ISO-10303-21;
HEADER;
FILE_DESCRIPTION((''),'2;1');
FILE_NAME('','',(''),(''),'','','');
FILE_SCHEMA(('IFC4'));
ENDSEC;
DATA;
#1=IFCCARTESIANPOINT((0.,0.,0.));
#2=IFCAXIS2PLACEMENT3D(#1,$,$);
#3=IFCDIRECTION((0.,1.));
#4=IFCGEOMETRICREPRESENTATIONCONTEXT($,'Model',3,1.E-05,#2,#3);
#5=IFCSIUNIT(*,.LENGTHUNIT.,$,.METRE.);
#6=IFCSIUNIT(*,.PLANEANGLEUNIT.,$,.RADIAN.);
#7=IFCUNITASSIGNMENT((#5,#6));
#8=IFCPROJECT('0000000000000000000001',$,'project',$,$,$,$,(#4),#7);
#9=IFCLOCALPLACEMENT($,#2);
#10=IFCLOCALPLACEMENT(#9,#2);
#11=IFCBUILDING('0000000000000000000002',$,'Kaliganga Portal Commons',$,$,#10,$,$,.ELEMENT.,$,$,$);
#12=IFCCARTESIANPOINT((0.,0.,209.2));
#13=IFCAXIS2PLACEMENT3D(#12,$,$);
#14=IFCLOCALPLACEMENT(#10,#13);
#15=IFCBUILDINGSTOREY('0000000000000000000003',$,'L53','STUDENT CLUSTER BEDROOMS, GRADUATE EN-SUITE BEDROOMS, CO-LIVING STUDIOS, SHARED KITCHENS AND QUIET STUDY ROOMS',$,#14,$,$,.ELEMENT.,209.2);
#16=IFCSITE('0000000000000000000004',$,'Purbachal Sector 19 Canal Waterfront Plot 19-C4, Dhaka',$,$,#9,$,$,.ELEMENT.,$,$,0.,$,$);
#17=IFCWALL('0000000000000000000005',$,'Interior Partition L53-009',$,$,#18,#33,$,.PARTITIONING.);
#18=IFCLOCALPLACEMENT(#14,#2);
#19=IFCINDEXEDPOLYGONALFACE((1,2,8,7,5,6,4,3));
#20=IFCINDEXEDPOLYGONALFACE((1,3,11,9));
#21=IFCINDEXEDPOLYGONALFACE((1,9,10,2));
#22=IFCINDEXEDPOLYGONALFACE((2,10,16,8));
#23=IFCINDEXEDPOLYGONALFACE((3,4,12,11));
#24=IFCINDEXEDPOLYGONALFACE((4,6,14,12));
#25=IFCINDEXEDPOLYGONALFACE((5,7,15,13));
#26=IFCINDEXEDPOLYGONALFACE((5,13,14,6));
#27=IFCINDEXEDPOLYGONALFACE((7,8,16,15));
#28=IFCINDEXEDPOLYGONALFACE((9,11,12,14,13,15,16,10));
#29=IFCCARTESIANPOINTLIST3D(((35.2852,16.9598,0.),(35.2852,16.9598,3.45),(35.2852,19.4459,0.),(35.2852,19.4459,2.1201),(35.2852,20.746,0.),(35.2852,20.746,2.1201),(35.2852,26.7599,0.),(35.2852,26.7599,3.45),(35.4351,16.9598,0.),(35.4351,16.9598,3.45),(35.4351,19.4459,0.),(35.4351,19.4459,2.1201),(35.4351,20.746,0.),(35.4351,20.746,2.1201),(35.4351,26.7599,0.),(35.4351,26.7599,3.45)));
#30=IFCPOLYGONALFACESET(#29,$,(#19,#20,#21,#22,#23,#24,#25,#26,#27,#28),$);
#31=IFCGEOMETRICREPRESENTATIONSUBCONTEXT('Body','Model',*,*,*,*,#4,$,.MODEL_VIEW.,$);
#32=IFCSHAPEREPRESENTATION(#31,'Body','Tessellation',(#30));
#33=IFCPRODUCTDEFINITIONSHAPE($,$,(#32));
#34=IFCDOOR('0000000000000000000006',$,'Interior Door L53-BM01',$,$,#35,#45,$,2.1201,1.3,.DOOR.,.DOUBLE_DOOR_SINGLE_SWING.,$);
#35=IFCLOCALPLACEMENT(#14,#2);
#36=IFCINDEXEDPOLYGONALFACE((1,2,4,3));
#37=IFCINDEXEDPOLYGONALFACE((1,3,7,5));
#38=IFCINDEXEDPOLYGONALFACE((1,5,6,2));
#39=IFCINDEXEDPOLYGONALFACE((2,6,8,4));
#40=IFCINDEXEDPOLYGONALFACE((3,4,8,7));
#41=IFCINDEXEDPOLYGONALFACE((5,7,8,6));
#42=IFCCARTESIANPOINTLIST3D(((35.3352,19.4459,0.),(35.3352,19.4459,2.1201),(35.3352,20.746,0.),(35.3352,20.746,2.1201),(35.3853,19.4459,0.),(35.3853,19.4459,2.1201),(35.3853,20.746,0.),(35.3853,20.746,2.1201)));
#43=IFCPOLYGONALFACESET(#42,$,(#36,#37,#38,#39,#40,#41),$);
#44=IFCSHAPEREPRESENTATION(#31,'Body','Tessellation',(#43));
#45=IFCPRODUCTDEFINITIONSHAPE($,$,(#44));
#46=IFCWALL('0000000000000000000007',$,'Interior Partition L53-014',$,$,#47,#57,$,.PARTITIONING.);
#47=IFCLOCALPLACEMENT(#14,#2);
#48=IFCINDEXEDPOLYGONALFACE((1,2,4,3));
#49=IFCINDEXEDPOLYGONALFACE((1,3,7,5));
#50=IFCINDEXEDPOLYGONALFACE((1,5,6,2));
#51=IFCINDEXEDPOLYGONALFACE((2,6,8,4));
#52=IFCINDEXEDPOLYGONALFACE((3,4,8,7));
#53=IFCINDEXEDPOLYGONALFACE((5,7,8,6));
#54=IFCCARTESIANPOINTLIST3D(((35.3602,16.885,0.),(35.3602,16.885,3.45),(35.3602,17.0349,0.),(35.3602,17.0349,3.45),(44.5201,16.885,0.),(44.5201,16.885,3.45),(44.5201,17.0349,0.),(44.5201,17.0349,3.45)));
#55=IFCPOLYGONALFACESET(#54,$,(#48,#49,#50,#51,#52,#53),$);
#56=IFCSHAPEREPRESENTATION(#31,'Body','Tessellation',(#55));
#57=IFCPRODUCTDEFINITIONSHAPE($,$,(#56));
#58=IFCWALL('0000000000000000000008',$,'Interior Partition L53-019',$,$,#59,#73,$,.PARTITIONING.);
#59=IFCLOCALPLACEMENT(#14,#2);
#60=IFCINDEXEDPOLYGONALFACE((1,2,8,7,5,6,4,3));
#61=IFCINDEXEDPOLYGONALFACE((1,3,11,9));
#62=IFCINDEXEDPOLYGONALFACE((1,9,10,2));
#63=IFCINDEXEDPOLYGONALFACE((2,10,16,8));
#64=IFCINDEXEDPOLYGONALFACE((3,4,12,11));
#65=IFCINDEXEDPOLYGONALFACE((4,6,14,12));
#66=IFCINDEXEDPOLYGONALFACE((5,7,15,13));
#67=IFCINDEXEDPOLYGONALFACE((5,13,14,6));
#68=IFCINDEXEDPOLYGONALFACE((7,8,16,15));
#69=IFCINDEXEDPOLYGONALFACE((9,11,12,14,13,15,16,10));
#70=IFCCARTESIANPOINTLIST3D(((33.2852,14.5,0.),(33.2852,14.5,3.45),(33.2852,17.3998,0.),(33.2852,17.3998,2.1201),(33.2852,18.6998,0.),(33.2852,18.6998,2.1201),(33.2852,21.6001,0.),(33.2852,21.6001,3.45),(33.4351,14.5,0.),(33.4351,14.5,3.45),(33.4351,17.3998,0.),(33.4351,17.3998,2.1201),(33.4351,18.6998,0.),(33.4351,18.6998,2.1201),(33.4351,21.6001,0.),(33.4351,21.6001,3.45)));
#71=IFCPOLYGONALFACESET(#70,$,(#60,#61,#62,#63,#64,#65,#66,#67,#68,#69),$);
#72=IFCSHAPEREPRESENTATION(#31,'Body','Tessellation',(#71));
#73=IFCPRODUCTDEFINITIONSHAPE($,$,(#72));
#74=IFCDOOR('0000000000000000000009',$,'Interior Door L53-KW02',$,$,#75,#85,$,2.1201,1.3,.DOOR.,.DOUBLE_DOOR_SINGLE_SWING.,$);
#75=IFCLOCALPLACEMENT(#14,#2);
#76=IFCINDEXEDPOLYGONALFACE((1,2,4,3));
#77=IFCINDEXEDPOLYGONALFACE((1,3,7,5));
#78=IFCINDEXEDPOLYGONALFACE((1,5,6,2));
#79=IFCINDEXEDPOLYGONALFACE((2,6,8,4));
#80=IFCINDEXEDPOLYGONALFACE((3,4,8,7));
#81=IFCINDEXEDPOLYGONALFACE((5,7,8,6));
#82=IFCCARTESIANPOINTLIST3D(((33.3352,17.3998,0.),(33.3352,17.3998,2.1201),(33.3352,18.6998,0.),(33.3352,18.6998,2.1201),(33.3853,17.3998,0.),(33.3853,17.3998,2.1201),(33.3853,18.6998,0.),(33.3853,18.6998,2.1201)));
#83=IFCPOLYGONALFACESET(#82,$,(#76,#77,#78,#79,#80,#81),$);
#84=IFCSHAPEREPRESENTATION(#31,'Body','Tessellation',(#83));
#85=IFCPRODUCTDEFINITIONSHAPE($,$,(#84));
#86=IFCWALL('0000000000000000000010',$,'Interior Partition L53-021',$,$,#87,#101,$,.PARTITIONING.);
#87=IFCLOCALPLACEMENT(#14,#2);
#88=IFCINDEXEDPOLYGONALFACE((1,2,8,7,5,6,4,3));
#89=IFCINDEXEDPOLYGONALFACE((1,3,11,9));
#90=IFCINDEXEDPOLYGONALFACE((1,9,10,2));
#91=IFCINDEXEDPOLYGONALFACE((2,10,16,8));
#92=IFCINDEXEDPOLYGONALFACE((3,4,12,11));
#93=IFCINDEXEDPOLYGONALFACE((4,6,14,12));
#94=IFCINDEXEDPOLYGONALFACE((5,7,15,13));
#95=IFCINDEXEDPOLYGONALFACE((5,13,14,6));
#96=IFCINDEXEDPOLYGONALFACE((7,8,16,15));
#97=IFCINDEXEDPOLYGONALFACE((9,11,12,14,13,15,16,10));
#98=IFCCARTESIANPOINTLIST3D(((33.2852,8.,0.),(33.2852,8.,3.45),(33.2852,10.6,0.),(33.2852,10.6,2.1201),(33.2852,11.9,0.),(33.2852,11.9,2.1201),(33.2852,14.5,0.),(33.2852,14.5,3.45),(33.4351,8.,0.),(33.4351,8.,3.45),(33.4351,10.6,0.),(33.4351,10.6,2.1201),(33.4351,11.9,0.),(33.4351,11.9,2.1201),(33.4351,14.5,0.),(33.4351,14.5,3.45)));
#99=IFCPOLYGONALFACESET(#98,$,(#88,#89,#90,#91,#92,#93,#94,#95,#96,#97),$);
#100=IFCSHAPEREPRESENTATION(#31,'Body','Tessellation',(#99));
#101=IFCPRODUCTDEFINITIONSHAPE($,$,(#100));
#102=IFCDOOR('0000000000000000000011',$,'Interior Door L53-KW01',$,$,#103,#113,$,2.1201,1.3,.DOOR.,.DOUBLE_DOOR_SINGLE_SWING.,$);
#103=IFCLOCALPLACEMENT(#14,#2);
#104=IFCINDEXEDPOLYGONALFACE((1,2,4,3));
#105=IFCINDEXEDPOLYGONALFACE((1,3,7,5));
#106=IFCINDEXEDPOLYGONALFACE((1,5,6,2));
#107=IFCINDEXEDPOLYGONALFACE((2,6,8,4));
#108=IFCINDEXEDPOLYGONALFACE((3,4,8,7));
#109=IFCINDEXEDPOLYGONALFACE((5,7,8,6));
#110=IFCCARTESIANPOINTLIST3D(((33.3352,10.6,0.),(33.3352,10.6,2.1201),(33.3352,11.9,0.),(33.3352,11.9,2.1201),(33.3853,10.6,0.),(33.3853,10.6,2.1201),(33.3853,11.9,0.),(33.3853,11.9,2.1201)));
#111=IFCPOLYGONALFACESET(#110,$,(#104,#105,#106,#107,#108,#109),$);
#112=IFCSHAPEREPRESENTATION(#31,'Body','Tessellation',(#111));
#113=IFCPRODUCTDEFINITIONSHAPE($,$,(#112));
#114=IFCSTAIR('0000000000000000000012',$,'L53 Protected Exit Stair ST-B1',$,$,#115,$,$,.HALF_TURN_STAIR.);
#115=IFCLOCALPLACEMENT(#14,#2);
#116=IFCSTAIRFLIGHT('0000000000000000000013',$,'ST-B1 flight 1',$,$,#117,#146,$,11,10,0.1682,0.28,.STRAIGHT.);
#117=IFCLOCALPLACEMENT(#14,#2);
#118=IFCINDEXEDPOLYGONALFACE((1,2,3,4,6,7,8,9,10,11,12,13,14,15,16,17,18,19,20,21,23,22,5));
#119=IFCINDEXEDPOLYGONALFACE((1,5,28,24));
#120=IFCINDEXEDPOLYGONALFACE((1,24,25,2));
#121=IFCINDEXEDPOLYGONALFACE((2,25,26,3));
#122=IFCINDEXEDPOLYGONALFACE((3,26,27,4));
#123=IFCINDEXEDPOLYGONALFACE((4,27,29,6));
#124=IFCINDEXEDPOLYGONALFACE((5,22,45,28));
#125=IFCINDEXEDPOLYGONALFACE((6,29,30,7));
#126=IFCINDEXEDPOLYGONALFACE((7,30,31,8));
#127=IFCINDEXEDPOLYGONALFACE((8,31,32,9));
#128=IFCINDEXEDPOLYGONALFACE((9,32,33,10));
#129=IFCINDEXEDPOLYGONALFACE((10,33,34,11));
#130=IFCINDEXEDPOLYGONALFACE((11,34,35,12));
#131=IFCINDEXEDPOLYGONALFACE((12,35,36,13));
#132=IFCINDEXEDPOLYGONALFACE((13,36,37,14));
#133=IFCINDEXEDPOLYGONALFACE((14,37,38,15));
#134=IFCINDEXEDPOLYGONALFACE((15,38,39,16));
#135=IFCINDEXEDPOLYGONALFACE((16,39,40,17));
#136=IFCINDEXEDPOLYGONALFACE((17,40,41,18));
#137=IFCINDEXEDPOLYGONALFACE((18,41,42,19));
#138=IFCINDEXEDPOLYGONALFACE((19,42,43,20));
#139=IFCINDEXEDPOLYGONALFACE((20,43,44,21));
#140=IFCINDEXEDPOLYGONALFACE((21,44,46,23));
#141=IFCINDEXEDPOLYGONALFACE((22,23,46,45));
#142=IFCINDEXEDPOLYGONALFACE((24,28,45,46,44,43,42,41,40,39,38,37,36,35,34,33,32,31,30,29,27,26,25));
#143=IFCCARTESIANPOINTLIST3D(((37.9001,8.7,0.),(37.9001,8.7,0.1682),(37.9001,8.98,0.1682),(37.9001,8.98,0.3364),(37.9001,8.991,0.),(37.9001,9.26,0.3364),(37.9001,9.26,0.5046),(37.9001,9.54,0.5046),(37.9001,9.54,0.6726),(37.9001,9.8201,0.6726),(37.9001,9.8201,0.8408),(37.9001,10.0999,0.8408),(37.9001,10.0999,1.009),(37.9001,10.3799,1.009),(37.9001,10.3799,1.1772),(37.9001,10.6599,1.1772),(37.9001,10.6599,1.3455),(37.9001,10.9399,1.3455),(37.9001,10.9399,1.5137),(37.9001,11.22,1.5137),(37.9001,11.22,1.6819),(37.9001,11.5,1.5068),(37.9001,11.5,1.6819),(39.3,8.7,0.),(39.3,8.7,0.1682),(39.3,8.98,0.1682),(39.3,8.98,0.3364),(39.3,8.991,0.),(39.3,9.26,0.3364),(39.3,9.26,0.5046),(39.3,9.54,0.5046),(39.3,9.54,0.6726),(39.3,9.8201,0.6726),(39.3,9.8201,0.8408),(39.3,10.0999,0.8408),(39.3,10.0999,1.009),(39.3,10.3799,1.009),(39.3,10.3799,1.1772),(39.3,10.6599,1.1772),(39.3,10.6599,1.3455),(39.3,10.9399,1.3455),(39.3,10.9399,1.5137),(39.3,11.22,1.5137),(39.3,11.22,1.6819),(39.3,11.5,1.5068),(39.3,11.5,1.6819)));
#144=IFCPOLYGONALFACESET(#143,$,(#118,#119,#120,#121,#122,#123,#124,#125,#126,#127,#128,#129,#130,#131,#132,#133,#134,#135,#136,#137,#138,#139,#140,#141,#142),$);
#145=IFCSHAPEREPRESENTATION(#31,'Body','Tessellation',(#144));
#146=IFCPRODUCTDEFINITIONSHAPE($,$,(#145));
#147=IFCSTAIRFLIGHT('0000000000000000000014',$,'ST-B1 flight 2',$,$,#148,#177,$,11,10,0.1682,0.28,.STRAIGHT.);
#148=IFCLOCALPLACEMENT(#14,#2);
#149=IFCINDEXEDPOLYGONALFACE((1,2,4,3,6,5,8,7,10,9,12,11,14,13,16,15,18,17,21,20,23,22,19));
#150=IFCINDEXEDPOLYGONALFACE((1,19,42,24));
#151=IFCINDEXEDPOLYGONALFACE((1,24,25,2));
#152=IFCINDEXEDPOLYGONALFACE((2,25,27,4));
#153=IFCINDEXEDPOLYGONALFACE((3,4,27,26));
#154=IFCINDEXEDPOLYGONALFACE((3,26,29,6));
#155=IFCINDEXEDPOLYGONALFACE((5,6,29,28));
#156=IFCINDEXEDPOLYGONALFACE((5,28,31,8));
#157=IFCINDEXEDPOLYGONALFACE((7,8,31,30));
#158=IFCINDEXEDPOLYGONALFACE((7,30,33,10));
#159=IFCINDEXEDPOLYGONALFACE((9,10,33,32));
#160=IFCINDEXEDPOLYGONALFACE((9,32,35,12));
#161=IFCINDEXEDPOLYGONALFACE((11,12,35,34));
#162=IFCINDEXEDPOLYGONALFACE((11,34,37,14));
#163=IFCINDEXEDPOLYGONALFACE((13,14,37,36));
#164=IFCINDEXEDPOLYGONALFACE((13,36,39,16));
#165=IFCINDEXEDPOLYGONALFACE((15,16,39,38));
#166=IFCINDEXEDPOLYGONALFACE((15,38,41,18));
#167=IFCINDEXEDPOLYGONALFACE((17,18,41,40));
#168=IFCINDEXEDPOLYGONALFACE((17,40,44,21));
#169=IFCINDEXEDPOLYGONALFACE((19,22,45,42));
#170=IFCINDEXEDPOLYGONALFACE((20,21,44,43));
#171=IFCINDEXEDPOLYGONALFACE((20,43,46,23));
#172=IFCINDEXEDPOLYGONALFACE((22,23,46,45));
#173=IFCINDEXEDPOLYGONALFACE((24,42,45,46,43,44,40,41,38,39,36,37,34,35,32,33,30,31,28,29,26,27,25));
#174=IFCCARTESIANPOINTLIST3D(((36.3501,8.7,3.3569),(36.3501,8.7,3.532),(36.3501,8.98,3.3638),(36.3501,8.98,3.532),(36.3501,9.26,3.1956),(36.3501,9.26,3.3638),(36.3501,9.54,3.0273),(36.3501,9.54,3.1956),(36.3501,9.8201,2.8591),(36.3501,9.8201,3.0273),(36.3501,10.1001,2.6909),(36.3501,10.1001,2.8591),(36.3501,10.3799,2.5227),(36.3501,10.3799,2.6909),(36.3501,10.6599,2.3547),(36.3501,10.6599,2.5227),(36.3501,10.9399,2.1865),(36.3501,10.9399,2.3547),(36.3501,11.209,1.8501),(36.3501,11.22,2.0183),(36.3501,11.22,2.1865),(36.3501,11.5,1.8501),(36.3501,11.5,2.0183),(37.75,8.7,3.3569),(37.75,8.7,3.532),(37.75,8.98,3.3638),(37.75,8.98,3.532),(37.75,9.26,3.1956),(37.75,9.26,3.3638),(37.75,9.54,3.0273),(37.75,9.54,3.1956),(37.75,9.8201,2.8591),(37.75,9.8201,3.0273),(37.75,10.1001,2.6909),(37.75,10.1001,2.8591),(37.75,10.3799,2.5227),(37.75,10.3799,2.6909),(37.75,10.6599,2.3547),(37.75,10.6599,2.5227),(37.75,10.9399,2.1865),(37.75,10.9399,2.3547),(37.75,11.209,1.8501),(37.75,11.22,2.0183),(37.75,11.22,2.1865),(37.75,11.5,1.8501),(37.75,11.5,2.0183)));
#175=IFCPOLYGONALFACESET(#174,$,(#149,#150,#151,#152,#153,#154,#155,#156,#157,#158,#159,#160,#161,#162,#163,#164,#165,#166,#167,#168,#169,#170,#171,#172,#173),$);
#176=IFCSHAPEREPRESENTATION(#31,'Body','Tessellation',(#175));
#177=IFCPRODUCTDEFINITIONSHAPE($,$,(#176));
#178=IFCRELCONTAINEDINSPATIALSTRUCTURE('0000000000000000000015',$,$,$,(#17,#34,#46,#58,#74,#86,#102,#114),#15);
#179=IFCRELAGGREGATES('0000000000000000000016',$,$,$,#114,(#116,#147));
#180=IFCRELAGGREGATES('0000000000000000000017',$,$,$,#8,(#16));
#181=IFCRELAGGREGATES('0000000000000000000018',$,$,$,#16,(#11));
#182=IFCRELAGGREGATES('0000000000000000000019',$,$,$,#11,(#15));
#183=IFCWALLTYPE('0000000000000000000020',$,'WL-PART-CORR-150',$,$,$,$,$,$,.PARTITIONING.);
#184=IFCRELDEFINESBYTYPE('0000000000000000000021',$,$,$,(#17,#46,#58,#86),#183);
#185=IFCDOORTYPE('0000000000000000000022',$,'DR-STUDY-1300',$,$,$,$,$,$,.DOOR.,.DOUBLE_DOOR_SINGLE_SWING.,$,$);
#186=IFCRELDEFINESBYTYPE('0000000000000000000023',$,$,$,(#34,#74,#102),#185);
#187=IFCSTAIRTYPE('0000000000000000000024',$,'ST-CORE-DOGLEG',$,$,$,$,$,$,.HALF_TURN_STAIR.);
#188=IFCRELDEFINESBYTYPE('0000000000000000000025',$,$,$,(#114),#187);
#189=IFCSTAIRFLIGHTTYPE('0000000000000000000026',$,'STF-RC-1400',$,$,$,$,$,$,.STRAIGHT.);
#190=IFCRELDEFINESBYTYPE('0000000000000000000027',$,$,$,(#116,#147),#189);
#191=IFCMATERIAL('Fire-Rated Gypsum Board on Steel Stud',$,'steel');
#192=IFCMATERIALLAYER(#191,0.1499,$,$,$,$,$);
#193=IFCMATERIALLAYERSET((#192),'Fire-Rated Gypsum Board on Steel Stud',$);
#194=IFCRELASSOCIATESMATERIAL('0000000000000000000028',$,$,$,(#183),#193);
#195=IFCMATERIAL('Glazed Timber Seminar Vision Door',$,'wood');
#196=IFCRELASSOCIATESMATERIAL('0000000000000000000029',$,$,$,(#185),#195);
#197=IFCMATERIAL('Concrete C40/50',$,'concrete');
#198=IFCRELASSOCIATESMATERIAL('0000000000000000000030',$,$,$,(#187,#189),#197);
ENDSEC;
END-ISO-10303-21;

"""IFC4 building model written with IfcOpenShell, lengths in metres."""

from ifc_helpers import new_model, si_unit, direction, frame, frame_2d, origin, place, context, subcontext, project, spatial, polyline, rectangle, outline, extrude, material, layer, layer_set, type_object, element, fill, aggregate, save


model = new_model("IFC4")

# Units and contexts
model_context = context("Model", 3, precision=1e-05, world=origin(), true_north=direction((0.0, 1.0)))
body_context = subcontext(model_context, "Body", "Model", "MODEL_VIEW")
ifc_project = project(units=[si_unit("LENGTHUNIT", "METRE"), si_unit("PLANEANGLEUNIT", "RADIAN")], contexts=[model_context])

# Site, building, storey
site_placement = place(None, origin())
site = spatial("IfcSite", under=ifc_project, at=site_placement, Name="Purbachal Sector 19 Canal Waterfront Plot 19-C4, Dhaka", CompositionType="ELEMENT", RefElevation=0.0)
building_placement = place(site_placement, origin())
building = spatial("IfcBuilding", under=site, at=building_placement, Name="Kaliganga Portal Commons", CompositionType="ELEMENT")
storey_placement = place(building_placement, frame((0.0, 0.0, 209.2)))
storey = spatial("IfcBuildingStorey", under=building, at=storey_placement, Name="L53", Description="STUDENT CLUSTER BEDROOMS, GRADUATE EN-SUITE BEDROOMS, CO-LIVING STUDIOS, SHARED KITCHENS AND QUIET STUDY ROOMS", CompositionType="ELEMENT", Elevation=209.2)

# Wall, opening, door
ifc_material_1 = material(Name="Fire-Rated Gypsum Board on Steel Stud", Category="steel")
ifc_layer_1 = layer(ifc_material_1, 0.1499)
ifc_layer_set_1 = layer_set([ifc_layer_1], Name="Fire-Rated Gypsum Board on Steel Stud")
wall_type_1 = type_object("IfcWallType", Name="WL-PART-CORR-150", PredefinedType="PARTITIONING", material=ifc_layer_set_1)
wall_1_placement = place(storey_placement, frame((35.3601, 16.96, 0.0), z_axis=(0.0, 0.0, 1.0), x_axis=(0.0, 1.0, 0.0)))
wall_1 = element("IfcWall", 1, at=wall_1_placement, inside=storey, type_object=wall_type_1, Name="Interior Partition L53-009", PredefinedType="PARTITIONING", context=body_context, shape_type="SweptSolid", body=[
    extrude(rectangle(XDim=9.8, YDim=0.1499, at=frame_2d((4.8999, 0.0))), origin(), (0.0, 0.0, 1.0), 3.45),
])
opening_1_placement = place(wall_1_placement, frame((2.4861, 0.0, 0.0)))
opening_1 = element("IfcOpeningElement", 2, at=opening_1_placement, cuts=wall_1, PredefinedType="OPENING", context=body_context, shape_type="SweptSolid", body=[
    extrude(rectangle(XDim=1.3, YDim=2.1201, at=frame_2d((0.6499, 1.0601))), frame((0.0, 0.085, 0.0), z_axis=(0.0, -1.0, 0.0), x_axis=(1.0, 0.0, 0.0)), (0.0, 0.0, 1.0), 0.1699),
])
ifc_material_2 = material(Name="Glazed Timber Seminar Vision Door", Category="wood")
door_type = type_object("IfcDoorType", Name="DR-STUDY-1300", OperationType="DOUBLE_DOOR_SINGLE_SWING", PredefinedType="DOOR", material=ifc_material_2)
door_1_placement = place(opening_1_placement, origin())
door_1 = element("IfcDoor", 3, at=door_1_placement, inside=storey, type_object=door_type, Name="Interior Door L53-BM01", OperationType="DOUBLE_DOOR_SINGLE_SWING", OverallHeight=2.1201, OverallWidth=1.3, PredefinedType="DOOR", context=body_context, shape_type="SweptSolid", body=[
    extrude(rectangle(XDim=1.3, YDim=2.1201, at=frame_2d((0.6499, 1.0601))), frame((0.0, 0.0249, 0.0), z_axis=(0.0, -1.0, 0.0), x_axis=(1.0, 0.0, 0.0)), (0.0, 0.0, 1.0), 0.05),
])
fill(opening_1, door_1)

# Wall
wall_2_placement = place(storey_placement, frame((35.3601, 16.96, 0.0), z_axis=(0.0, 0.0, 1.0), x_axis=(1.0, 0.0, 0.0)))
element("IfcWall", 4, at=wall_2_placement, inside=storey, type_object=wall_type_1, Name="Interior Partition L53-014", PredefinedType="PARTITIONING", context=body_context, shape_type="SweptSolid", body=[
    extrude(rectangle(XDim=9.1599, YDim=0.1499, at=frame_2d((4.5801, 0.0))), origin(), (0.0, 0.0, 1.0), 3.45),
])

# Walls, openings, doors
wall_3_placement = place(storey_placement, frame((33.3601, 14.5, 0.0), z_axis=(0.0, 0.0, 1.0), x_axis=(0.0, 1.0, 0.0)))
wall_3 = element("IfcWall", 5, at=wall_3_placement, inside=storey, type_object=wall_type_1, Name="Interior Partition L53-019", PredefinedType="PARTITIONING", context=body_context, shape_type="SweptSolid", body=[
    extrude(rectangle(XDim=7.1001, YDim=0.1499, at=frame_2d((3.55, 0.0))), origin(), (0.0, 0.0, 1.0), 3.45),
])
opening_2_placement = place(wall_3_placement, frame((2.8999, 0.0, 0.0)))
opening_2 = element("IfcOpeningElement", 6, at=opening_2_placement, cuts=wall_3, PredefinedType="OPENING", context=body_context, shape_type="SweptSolid", body=[
    extrude(rectangle(XDim=1.3, YDim=2.1201, at=frame_2d((0.6499, 1.0601))), frame((0.0, 0.085, 0.0), z_axis=(0.0, -1.0, 0.0), x_axis=(1.0, 0.0, 0.0)), (0.0, 0.0, 1.0), 0.1699),
])
door_2_placement = place(opening_2_placement, origin())
door_2 = element("IfcDoor", 7, at=door_2_placement, inside=storey, type_object=door_type, Name="Interior Door L53-KW02", OperationType="DOUBLE_DOOR_SINGLE_SWING", OverallHeight=2.1201, OverallWidth=1.3, PredefinedType="DOOR", context=body_context, shape_type="SweptSolid", body=[
    extrude(rectangle(XDim=1.3, YDim=2.1201, at=frame_2d((0.6499, 1.0601))), frame((0.0, 0.0249, 0.0), z_axis=(0.0, -1.0, 0.0), x_axis=(1.0, 0.0, 0.0)), (0.0, 0.0, 1.0), 0.05),
])
fill(opening_2, door_2)
wall_4_placement = place(storey_placement, frame((33.3601, 8.0, 0.0), z_axis=(0.0, 0.0, 1.0), x_axis=(0.0, 1.0, 0.0)))
wall_4 = element("IfcWall", 8, at=wall_4_placement, inside=storey, type_object=wall_type_1, Name="Interior Partition L53-021", PredefinedType="PARTITIONING", context=body_context, shape_type="SweptSolid", body=[
    extrude(rectangle(XDim=6.5, YDim=0.1499, at=frame_2d((3.25, 0.0))), origin(), (0.0, 0.0, 1.0), 3.45),
])
opening_3_placement = place(wall_4_placement, frame((2.6001, 0.0, 0.0)))
opening_3 = element("IfcOpeningElement", 9, at=opening_3_placement, cuts=wall_4, PredefinedType="OPENING", context=body_context, shape_type="SweptSolid", body=[
    extrude(rectangle(XDim=1.3, YDim=2.1201, at=frame_2d((0.6499, 1.0601))), frame((0.0, 0.085, 0.0), z_axis=(0.0, -1.0, 0.0), x_axis=(1.0, 0.0, 0.0)), (0.0, 0.0, 1.0), 0.1699),
])
door_3_placement = place(opening_3_placement, origin())
door_3 = element("IfcDoor", 10, at=door_3_placement, inside=storey, type_object=door_type, Name="Interior Door L53-KW01", OperationType="DOUBLE_DOOR_SINGLE_SWING", OverallHeight=2.1201, OverallWidth=1.3, PredefinedType="DOOR", context=body_context, shape_type="SweptSolid", body=[
    extrude(rectangle(XDim=1.3, YDim=2.1201, at=frame_2d((0.6499, 1.0601))), frame((0.0, 0.0249, 0.0), z_axis=(0.0, -1.0, 0.0), x_axis=(1.0, 0.0, 0.0)), (0.0, 0.0, 1.0), 0.05),
])
fill(opening_3, door_3)

# Stair, stair flights
ifc_material_3 = material(Name="Concrete C40/50", Category="concrete")
stair_type = type_object("IfcStairType", Name="ST-CORE-DOGLEG", PredefinedType="HALF_TURN_STAIR", material=ifc_material_3)
stair_placement = place(storey_placement, origin())
stair = element("IfcStair", 11, at=stair_placement, inside=storey, type_object=stair_type, Name="L53 Protected Exit Stair ST-B1", PredefinedType="HALF_TURN_STAIR")
stair_flight_type = type_object("IfcStairFlightType", Name="STF-RC-1400", PredefinedType="STRAIGHT", material=ifc_material_3)
stair_flight_1_placement = place(storey_placement, frame((38.6001, 8.7, 0.0), z_axis=(0.0, 0.0, 1.0), x_axis=(0.0, 1.0, 0.0)))
stair_flight_1 = element("IfcStairFlight", 12, at=stair_flight_1_placement, type_object=stair_flight_type, Name="ST-B1 flight 1", NumberOfRisers=11, NumberOfTreads=10, PredefinedType="STRAIGHT", RiserHeight=0.1682, TreadLength=0.28, context=body_context, shape_type="SweptSolid", body=[
    extrude(outline(polyline([(0.0, 0.0), (0.0, 0.1682), (0.28, 0.1682), (0.28, 0.3364), (0.5601, 0.3364), (0.5601, 0.5046), (0.8401, 0.5046), (0.8401, 0.6726), (1.1201, 0.6726), (1.1201, 0.8408), (1.3999, 0.8408), (1.3999, 1.009), (1.6799, 1.009), (1.6799, 1.1772), (1.96, 1.1772), (1.96, 1.3455), (2.24, 1.3455), (2.24, 1.5137), (2.52, 1.5137), (2.52, 1.6819), (2.8, 1.6819), (2.8, 1.8501), (2.8, 1.5068), (0.291, 0.0), (0.0, 0.0)])), frame((0.0, 0.7, 0.0), z_axis=(0.0, -1.0, 0.0), x_axis=(1.0, 0.0, 0.0)), (0.0, 0.0, 1.0), 1.3999),
])
stair_flight_2_placement = place(storey_placement, frame((37.05, 11.5, 1.8501), z_axis=(0.0, 0.0, 1.0), x_axis=(0.0, -1.0, 0.0)))
stair_flight_2 = element("IfcStairFlight", 13, at=stair_flight_2_placement, type_object=stair_flight_type, Name="ST-B1 flight 2", NumberOfRisers=11, NumberOfTreads=10, PredefinedType="STRAIGHT", RiserHeight=0.1682, TreadLength=0.28, context=body_context, shape_type="SweptSolid", body=[
    extrude(outline(polyline([(0.0, 0.0), (0.0, 0.1682), (0.28, 0.1682), (0.28, 0.3364), (0.5601, 0.3364), (0.5601, 0.5046), (0.8401, 0.5046), (0.8401, 0.6726), (1.1201, 0.6726), (1.1201, 0.8408), (1.3999, 0.8408), (1.3999, 1.009), (1.6799, 1.009), (1.6799, 1.1772), (1.96, 1.1772), (1.96, 1.3455), (2.24, 1.3455), (2.24, 1.5137), (2.52, 1.5137), (2.52, 1.6819), (2.8, 1.6819), (2.8, 1.8501), (2.8, 1.5068), (0.291, 0.0), (0.0, 0.0)])), frame((0.0, 0.7, 0.0), z_axis=(0.0, -1.0, 0.0), x_axis=(1.0, 0.0, 0.0)), (0.0, 0.0, 1.0), 1.3999),
])
aggregate(stair, [stair_flight_1, stair_flight_2])

save(model, "model.ifc")
